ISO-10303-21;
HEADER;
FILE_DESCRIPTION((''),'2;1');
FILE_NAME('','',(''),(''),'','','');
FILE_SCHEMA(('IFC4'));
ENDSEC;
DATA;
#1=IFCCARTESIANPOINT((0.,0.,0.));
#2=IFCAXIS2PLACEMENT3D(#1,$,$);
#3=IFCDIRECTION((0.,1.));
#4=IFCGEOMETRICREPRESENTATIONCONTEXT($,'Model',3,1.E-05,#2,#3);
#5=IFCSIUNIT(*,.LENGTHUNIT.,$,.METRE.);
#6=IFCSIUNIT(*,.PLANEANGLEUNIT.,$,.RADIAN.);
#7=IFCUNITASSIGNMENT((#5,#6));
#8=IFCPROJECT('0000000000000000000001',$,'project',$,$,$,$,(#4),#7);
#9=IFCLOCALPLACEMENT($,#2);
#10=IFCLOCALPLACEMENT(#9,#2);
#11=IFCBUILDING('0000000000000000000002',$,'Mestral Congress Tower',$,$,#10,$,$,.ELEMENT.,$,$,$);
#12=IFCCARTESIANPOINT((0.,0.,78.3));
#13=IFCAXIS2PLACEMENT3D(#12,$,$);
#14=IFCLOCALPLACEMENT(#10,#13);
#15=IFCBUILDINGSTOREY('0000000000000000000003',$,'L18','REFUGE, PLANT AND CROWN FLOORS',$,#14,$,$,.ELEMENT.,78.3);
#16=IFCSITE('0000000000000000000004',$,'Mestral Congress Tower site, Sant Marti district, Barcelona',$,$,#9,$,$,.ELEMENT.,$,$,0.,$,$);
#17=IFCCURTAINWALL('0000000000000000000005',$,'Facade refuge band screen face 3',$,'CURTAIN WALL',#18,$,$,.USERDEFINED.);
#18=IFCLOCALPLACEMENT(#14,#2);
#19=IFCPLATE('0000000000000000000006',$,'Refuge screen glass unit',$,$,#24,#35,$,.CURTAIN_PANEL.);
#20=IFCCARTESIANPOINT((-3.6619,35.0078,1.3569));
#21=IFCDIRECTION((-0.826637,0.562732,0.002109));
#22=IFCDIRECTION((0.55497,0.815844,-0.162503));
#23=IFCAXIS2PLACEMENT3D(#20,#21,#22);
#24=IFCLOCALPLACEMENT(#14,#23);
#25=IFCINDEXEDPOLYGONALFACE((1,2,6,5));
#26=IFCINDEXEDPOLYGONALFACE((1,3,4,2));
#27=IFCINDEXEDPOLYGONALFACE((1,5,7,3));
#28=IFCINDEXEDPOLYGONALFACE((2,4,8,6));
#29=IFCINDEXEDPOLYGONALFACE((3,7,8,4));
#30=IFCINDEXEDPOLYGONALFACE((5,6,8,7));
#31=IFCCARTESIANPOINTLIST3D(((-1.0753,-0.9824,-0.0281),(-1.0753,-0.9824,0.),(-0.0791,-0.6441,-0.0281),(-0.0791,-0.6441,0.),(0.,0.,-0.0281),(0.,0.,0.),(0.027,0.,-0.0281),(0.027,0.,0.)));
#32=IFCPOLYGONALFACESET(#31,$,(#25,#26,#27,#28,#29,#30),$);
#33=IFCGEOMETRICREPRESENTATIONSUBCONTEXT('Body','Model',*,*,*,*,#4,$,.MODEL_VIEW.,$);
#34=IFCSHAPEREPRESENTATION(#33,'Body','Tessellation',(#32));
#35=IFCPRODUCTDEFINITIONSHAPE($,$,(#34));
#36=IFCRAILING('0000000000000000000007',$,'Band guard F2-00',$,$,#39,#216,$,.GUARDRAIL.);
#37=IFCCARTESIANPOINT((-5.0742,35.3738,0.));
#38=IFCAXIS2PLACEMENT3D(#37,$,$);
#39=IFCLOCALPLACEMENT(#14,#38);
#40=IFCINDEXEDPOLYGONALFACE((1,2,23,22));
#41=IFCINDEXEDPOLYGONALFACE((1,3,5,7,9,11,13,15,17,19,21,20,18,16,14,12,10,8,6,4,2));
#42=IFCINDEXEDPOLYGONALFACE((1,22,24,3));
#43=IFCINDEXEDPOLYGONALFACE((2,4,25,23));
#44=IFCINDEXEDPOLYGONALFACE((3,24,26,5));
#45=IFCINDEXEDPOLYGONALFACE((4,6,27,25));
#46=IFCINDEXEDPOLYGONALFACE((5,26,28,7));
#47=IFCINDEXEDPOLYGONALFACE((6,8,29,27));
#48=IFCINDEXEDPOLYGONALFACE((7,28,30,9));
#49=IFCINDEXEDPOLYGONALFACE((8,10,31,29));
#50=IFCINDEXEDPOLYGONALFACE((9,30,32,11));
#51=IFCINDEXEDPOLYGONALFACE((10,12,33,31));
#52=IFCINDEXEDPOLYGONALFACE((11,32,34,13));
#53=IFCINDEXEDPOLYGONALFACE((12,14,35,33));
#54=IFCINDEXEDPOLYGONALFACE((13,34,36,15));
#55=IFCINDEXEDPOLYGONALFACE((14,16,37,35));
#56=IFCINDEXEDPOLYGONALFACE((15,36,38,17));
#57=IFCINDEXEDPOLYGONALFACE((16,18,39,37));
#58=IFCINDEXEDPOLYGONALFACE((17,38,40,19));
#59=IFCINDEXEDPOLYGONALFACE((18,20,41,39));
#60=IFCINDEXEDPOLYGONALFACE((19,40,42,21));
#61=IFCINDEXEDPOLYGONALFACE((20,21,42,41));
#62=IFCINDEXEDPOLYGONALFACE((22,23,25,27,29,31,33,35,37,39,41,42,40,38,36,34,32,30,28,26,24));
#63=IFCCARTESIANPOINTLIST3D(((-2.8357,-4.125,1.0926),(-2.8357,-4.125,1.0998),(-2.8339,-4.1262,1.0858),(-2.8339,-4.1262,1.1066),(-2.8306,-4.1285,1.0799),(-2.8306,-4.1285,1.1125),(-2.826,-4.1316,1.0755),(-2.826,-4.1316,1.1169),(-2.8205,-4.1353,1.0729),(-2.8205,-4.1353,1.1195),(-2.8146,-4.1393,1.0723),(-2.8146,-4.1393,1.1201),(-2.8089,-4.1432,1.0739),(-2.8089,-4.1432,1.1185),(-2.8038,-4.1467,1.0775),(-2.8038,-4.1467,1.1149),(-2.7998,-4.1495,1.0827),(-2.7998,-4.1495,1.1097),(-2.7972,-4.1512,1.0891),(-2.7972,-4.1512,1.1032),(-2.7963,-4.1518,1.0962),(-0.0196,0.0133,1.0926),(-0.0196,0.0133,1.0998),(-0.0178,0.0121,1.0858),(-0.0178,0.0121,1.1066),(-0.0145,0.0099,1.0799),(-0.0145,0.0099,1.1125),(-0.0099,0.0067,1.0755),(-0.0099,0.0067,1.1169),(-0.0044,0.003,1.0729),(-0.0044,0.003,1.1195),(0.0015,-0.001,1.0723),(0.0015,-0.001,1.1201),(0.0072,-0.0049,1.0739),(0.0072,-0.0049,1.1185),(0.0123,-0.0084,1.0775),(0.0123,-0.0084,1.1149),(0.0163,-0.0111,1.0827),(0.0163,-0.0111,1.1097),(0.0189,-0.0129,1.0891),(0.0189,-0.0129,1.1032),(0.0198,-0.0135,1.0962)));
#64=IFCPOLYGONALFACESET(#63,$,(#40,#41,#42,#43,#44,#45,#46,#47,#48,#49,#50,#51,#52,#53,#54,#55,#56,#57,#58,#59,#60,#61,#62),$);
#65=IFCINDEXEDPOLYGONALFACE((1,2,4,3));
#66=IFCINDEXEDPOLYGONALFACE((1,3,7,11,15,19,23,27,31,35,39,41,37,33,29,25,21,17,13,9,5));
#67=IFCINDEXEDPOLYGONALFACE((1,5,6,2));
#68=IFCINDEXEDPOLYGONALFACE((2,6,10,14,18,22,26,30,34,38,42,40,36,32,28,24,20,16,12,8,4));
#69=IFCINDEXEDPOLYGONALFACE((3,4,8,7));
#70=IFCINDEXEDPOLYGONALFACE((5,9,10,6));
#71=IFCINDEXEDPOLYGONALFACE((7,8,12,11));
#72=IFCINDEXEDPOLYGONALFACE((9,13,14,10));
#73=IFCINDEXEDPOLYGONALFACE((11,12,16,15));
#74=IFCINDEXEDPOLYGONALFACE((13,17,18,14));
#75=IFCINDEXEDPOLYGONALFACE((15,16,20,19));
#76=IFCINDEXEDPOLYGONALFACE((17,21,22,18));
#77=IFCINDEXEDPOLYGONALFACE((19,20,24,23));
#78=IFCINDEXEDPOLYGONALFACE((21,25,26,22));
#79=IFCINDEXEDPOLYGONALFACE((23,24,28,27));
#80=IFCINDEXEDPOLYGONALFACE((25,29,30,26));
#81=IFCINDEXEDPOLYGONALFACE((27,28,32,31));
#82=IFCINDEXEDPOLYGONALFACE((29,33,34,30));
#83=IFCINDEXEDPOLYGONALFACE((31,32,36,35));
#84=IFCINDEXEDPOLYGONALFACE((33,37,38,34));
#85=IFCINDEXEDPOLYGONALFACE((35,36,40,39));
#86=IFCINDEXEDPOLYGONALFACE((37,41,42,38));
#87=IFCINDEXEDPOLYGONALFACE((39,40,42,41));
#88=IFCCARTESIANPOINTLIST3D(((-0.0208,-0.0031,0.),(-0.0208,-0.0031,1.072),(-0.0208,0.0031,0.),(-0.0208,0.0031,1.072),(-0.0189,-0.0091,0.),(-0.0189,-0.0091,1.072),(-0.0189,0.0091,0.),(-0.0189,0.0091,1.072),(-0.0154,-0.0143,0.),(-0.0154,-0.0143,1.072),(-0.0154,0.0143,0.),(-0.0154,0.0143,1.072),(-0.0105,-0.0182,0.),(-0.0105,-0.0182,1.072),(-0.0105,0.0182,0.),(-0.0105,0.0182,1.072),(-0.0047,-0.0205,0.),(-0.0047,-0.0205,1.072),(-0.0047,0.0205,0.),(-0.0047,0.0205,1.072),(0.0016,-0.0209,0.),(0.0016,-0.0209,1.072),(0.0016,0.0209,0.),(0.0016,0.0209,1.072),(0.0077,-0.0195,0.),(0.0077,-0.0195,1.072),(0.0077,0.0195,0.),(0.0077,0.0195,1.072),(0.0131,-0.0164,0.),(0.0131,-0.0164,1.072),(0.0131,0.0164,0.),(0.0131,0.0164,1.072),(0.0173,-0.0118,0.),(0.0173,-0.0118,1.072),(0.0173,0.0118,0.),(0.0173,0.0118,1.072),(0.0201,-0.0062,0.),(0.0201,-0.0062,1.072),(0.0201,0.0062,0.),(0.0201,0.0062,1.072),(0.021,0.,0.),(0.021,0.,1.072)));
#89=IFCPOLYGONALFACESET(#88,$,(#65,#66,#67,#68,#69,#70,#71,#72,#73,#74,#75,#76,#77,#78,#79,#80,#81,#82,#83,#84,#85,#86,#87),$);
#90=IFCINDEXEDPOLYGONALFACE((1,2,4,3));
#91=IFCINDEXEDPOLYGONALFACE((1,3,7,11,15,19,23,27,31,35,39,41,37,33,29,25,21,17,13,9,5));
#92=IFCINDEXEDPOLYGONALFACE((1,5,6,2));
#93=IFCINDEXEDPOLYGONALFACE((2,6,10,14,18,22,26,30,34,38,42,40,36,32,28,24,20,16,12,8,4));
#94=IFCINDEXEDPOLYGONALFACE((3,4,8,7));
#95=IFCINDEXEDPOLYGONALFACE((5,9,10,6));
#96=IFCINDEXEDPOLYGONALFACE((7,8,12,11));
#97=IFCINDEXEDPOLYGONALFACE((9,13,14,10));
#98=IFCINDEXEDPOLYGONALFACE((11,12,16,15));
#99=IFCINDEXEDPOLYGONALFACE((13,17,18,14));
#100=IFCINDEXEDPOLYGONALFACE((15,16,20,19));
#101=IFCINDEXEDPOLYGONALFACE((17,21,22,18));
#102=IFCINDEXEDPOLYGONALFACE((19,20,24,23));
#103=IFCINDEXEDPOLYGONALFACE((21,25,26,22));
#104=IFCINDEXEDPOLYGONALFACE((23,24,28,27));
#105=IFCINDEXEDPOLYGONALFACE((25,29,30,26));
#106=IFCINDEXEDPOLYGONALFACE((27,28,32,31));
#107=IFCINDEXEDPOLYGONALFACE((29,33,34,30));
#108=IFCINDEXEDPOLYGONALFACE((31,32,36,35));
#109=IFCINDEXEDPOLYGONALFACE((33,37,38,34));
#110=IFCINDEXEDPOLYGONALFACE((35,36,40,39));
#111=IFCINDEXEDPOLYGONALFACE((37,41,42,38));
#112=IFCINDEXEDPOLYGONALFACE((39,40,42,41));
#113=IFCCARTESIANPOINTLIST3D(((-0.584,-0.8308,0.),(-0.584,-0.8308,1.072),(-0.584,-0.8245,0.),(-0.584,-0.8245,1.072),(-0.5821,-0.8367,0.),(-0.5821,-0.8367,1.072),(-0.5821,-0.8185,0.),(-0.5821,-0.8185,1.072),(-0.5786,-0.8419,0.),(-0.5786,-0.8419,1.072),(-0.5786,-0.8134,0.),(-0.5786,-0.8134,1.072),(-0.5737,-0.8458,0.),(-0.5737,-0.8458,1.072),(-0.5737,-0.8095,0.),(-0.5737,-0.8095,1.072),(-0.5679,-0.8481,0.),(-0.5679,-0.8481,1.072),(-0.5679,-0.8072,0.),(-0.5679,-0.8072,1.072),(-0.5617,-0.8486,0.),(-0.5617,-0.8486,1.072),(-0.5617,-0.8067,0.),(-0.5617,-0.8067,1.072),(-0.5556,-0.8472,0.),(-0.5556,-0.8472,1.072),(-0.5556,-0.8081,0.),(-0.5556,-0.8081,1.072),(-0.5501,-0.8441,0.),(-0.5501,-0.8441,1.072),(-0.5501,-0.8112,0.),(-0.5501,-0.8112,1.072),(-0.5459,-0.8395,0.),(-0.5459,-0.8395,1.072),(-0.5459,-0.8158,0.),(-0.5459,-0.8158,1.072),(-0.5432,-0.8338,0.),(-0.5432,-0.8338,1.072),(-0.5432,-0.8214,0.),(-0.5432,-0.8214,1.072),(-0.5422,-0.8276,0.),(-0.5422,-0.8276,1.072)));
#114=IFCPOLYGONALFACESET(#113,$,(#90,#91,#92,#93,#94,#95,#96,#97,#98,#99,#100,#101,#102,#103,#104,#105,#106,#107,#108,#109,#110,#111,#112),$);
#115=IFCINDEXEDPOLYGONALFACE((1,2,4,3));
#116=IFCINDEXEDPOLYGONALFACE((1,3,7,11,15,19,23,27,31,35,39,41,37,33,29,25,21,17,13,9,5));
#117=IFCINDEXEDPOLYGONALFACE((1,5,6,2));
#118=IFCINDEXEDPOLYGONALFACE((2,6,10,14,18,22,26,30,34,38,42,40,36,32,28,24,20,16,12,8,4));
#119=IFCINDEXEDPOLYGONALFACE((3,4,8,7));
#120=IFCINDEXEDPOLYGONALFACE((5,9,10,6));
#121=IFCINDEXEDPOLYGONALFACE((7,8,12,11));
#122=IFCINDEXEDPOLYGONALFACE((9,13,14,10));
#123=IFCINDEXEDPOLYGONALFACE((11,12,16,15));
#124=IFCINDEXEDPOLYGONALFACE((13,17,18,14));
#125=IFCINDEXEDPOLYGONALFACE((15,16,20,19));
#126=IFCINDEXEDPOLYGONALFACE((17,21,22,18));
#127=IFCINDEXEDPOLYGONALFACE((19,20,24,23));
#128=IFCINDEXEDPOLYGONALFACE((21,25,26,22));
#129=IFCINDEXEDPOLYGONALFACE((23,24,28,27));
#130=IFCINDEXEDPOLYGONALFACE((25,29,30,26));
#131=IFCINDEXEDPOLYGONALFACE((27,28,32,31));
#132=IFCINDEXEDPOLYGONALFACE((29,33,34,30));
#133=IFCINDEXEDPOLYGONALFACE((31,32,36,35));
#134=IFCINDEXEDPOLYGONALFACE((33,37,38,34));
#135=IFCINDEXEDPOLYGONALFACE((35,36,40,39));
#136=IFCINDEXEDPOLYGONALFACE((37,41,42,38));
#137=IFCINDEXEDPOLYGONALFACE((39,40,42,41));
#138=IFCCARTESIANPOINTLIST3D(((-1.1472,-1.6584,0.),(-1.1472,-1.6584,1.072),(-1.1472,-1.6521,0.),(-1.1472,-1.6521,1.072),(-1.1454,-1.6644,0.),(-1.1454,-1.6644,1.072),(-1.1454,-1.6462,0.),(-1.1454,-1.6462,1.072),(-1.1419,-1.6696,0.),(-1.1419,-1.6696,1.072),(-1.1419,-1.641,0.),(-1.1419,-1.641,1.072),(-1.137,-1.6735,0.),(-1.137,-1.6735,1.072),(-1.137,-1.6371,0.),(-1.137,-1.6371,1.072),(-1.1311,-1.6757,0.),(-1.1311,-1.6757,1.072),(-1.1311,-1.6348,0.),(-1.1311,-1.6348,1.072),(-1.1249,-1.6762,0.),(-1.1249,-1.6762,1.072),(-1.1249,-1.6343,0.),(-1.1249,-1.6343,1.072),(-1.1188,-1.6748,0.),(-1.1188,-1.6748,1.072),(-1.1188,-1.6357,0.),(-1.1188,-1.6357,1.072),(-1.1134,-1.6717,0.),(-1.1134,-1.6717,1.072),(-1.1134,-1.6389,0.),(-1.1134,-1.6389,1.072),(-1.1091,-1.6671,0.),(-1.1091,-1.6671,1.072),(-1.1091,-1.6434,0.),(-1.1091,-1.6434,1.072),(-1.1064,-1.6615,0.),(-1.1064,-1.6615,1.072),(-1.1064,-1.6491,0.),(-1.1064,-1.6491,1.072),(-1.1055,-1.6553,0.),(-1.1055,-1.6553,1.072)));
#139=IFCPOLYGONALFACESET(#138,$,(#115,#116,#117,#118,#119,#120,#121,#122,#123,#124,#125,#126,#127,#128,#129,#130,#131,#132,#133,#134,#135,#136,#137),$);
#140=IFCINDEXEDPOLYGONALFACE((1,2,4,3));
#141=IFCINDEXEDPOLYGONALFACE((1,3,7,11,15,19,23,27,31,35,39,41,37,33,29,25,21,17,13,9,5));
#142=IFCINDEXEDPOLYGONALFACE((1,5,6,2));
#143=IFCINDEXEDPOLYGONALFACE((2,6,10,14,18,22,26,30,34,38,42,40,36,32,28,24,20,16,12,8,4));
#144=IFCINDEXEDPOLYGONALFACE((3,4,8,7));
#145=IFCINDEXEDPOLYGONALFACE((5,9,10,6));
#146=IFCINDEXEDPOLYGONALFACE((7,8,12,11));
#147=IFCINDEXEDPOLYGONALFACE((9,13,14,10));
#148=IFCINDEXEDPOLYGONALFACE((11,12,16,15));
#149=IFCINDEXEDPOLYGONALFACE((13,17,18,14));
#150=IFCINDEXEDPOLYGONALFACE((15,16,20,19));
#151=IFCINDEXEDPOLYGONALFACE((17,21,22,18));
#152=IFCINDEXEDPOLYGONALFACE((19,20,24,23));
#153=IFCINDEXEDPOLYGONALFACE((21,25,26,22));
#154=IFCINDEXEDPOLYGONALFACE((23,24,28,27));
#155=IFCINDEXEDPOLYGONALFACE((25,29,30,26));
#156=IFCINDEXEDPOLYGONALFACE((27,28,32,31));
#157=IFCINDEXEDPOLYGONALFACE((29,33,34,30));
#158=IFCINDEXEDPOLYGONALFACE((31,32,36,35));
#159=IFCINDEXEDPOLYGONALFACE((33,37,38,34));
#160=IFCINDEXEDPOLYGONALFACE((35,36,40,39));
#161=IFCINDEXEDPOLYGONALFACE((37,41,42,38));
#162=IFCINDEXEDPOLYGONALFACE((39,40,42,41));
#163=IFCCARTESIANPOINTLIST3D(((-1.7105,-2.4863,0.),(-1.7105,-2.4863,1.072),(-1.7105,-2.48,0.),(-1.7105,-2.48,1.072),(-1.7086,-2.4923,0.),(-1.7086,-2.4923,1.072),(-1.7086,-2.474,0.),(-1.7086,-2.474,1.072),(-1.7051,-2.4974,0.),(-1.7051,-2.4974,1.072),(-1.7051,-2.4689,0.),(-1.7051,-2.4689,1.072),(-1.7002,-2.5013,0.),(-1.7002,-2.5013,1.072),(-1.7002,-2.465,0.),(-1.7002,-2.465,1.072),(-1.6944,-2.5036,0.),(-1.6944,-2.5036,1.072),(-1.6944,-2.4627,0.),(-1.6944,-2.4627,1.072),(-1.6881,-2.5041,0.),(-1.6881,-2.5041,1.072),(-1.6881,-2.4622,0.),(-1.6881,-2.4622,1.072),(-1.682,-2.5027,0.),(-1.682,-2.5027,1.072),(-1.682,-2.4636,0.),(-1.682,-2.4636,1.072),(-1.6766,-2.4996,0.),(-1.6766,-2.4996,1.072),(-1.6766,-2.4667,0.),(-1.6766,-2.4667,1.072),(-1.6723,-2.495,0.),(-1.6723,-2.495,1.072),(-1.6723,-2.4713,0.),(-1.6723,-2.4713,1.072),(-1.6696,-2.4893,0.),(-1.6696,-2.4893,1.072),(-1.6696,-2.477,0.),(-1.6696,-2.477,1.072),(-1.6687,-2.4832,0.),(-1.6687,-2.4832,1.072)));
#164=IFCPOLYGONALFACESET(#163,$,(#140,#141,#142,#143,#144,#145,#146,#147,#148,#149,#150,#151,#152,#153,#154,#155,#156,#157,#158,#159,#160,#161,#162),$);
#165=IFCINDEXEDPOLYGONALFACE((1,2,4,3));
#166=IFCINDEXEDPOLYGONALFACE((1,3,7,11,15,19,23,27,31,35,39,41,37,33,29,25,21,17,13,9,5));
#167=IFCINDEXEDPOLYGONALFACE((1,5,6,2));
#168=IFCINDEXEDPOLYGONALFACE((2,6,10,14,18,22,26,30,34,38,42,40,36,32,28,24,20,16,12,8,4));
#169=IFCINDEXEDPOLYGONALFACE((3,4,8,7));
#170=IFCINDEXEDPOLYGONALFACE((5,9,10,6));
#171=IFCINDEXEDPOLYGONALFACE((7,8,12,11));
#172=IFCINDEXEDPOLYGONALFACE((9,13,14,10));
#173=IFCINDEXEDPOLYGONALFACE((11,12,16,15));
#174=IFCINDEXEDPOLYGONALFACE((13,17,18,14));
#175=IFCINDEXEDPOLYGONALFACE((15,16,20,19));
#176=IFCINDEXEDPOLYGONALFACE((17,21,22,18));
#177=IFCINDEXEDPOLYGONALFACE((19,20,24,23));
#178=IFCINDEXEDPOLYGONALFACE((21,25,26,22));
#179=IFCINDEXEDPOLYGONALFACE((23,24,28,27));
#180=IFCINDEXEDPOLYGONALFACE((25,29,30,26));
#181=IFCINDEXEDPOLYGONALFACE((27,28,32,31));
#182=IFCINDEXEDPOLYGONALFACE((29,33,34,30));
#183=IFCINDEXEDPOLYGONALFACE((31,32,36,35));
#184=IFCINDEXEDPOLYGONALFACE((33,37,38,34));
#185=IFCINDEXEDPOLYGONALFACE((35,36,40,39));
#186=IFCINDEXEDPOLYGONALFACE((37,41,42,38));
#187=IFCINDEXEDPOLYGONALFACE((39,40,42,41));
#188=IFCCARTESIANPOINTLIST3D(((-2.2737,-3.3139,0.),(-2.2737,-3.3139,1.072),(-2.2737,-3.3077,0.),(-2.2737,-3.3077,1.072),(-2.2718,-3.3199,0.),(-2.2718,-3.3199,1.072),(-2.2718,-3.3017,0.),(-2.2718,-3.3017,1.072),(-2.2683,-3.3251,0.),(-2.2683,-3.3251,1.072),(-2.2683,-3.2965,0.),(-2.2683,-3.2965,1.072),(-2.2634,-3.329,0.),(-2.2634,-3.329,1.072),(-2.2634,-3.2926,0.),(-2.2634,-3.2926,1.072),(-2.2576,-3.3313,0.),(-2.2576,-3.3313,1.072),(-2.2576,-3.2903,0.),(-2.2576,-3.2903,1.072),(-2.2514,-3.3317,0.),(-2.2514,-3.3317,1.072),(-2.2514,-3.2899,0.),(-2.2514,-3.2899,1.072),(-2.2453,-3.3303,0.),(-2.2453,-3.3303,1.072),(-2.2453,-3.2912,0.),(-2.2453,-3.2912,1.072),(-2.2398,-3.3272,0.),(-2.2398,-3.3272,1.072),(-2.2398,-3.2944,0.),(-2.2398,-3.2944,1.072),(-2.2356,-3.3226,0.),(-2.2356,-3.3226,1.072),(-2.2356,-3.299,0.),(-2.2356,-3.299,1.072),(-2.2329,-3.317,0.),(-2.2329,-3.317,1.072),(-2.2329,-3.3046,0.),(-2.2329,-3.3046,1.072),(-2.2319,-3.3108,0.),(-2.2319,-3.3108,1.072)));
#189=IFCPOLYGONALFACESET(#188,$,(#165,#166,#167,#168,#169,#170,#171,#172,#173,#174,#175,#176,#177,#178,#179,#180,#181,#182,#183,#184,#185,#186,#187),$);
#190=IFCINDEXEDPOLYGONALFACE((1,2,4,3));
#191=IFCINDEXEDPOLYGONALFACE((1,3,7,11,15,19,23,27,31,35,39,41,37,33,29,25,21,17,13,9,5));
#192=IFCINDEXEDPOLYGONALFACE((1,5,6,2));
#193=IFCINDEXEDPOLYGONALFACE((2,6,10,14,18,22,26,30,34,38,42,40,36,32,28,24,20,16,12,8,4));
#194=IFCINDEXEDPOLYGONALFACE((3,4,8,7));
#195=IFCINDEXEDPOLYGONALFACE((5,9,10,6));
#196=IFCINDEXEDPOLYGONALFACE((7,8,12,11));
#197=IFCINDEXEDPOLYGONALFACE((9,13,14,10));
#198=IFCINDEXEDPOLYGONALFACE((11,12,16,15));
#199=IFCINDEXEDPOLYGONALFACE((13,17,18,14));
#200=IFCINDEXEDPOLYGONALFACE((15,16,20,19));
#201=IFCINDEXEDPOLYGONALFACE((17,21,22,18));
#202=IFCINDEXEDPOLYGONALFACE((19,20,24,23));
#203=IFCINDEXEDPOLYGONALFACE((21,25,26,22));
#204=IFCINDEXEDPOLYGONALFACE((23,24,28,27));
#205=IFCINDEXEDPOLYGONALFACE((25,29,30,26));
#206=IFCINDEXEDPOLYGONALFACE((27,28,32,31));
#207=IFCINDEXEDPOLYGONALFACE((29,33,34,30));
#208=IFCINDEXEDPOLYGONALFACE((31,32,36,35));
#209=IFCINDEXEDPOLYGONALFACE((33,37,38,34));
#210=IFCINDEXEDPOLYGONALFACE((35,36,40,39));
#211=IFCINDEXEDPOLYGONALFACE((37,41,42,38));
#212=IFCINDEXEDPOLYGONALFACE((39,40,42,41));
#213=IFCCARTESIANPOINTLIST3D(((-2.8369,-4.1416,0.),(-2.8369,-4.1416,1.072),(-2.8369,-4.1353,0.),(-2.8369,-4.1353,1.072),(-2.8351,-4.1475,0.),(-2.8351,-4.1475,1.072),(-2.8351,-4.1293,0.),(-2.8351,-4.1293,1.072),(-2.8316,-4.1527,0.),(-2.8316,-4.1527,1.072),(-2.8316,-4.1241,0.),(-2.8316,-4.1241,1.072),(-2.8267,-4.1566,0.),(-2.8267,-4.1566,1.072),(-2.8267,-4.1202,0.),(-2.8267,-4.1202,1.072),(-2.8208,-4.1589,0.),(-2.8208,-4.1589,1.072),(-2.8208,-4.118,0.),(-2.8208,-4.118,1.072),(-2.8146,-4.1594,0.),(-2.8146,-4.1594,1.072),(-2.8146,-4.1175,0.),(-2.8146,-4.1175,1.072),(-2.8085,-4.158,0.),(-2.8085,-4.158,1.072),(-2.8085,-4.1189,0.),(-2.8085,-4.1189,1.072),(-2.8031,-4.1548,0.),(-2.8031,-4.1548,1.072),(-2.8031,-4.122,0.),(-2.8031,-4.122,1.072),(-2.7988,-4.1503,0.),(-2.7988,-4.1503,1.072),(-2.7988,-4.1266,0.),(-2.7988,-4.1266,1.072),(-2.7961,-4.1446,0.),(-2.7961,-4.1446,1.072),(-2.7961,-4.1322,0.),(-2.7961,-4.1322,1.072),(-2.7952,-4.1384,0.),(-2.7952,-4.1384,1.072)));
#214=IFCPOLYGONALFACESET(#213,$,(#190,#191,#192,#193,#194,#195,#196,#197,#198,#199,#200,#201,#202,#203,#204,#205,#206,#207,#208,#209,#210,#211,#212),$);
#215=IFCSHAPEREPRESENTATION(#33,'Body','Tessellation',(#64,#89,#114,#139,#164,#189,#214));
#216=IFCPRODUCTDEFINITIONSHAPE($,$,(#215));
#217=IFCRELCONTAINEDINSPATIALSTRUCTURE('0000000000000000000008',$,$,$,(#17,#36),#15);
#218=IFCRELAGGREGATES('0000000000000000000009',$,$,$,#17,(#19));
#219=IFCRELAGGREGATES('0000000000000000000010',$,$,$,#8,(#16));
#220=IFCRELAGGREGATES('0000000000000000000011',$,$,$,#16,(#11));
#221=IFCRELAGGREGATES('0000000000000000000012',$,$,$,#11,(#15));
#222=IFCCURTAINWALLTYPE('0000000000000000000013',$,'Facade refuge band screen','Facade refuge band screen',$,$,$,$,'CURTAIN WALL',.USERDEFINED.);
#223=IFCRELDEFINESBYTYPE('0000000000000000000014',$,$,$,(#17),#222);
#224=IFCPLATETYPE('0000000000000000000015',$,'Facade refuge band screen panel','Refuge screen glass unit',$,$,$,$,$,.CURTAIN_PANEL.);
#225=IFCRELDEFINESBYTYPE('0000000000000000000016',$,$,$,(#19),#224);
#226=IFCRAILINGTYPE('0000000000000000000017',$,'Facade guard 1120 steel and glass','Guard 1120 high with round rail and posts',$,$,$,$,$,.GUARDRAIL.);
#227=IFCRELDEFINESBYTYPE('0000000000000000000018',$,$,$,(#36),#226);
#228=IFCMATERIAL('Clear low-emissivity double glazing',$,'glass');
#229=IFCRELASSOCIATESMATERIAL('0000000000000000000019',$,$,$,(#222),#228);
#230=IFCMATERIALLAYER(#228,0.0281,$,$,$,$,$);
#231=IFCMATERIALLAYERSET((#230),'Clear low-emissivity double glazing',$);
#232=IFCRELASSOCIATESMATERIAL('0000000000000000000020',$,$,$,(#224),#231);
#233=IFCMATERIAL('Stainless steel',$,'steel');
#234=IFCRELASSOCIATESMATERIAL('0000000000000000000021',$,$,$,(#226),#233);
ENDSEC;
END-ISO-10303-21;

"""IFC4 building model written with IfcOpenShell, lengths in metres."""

from ifc_helpers import new_model, si_unit, direction, frame, origin, origin_2d, place, context, subcontext, project, spatial, polyline, circle, outline, extrude, material, layer, layer_set, type_object, element, aggregate, save


model = new_model("IFC4")

# Units and contexts
model_context = context("Model", 3, precision=1e-05, world=origin(), true_north=direction((0.0, 1.0)))
body_context = subcontext(model_context, "Body", "Model", "MODEL_VIEW")
ifc_project = project(units=[si_unit("LENGTHUNIT", "METRE"), si_unit("PLANEANGLEUNIT", "RADIAN")], contexts=[model_context])

# Site, building, storey
site_placement = place(None, origin())
site = spatial("IfcSite", under=ifc_project, at=site_placement, Name="Mestral Congress Tower site, Sant Marti district, Barcelona", CompositionType="ELEMENT", RefElevation=0.0)
building_placement = place(site_placement, origin())
building = spatial("IfcBuilding", under=site, at=building_placement, Name="Mestral Congress Tower", CompositionType="ELEMENT")
storey_placement = place(building_placement, frame((0.0, 0.0, 78.3)))
storey = spatial("IfcBuildingStorey", under=building, at=storey_placement, Name="L18", Description="REFUGE, PLANT AND CROWN FLOORS", CompositionType="ELEMENT", Elevation=78.3)

# Shared definitions
ifc_material_1 = material(Name="Clear low-emissivity double glazing", Category="glass")
curtain_wall_type = type_object("IfcCurtainWallType", Name="Facade refuge band screen", Description="Facade refuge band screen", ElementType="CURTAIN WALL", PredefinedType="USERDEFINED", material=ifc_material_1)
placement = place(storey_placement, origin())

# Curtain wall, plate
curtain_wall_1 = element("IfcCurtainWall", 1, at=placement, inside=storey, type_object=curtain_wall_type, Name="Facade refuge band screen face 3", ObjectType="CURTAIN WALL", PredefinedType="USERDEFINED")
ifc_layer_1 = layer(ifc_material_1, 0.0281)
ifc_layer_set_1 = layer_set([ifc_layer_1], Name="Clear low-emissivity double glazing")
plate_type_1 = type_object("IfcPlateType", Name="Facade refuge band screen panel", Description="Refuge screen glass unit", PredefinedType="CURTAIN_PANEL", material=ifc_layer_set_1)
plate_1_placement = place(storey_placement, frame((-3.6619, 35.0078, 1.3569), z_axis=(-0.826637, 0.562732, 0.002109), x_axis=(0.55497, 0.815844, -0.162503)))
plate_1 = element("IfcPlate", 2, at=plate_1_placement, type_object=plate_type_1, Name="Refuge screen glass unit", PredefinedType="CURTAIN_PANEL", context=body_context, shape_type="SweptSolid", body=[
    extrude(outline(polyline([(0.0, 0.0), (0.027, 0.0), (-0.0791, -0.6441), (-1.0753, -0.9824), (0.0, 0.0)])), origin(), (0.0, 0.0, -1.0), 0.0281),
])
aggregate(curtain_wall_1, [plate_1])

# Railing
ifc_material_2 = material(Name="Stainless steel", Category="steel")
railing_type = type_object("IfcRailingType", Name="Facade guard 1120 steel and glass", Description="Guard 1120 high with round rail and posts", PredefinedType="GUARDRAIL", material=ifc_material_2)
railing_1_placement = place(storey_placement, frame((-5.0742, 35.3738, 0.0)))
element("IfcRailing", 3, at=railing_1_placement, inside=storey, type_object=railing_type, Name="Band guard F2-00", PredefinedType="GUARDRAIL", context=body_context, shape_type="SweptSolid", body=[
    extrude(circle(Radius=0.0239, at=origin_2d()), frame((0.0, 0.0, 1.0962), z_axis=(-0.562587, -0.826738, 0.0), x_axis=(0.826738, -0.562587, 0.0)), (0.0, 0.0, 1.0), 5.0056),
    extrude(circle(Radius=0.021, at=origin_2d()), origin(), (0.0, 0.0, 1.0), 1.072),
    extrude(circle(Radius=0.021, at=origin_2d()), frame((-0.5632, -0.8276, 0.0)), (0.0, 0.0, 1.0), 1.072),
    extrude(circle(Radius=0.021, at=origin_2d()), frame((-1.1265, -1.6553, 0.0)), (0.0, 0.0, 1.0), 1.072),
    extrude(circle(Radius=0.021, at=origin_2d()), frame((-1.6897, -2.4832, 0.0)), (0.0, 0.0, 1.0), 1.072),
    extrude(circle(Radius=0.021, at=origin_2d()), frame((-2.2529, -3.3108, 0.0)), (0.0, 0.0, 1.0), 1.072),
    extrude(circle(Radius=0.021, at=origin_2d()), frame((-2.8162, -4.1384, 0.0)), (0.0, 0.0, 1.0), 1.072),
])

save(model, "model.ifc")
